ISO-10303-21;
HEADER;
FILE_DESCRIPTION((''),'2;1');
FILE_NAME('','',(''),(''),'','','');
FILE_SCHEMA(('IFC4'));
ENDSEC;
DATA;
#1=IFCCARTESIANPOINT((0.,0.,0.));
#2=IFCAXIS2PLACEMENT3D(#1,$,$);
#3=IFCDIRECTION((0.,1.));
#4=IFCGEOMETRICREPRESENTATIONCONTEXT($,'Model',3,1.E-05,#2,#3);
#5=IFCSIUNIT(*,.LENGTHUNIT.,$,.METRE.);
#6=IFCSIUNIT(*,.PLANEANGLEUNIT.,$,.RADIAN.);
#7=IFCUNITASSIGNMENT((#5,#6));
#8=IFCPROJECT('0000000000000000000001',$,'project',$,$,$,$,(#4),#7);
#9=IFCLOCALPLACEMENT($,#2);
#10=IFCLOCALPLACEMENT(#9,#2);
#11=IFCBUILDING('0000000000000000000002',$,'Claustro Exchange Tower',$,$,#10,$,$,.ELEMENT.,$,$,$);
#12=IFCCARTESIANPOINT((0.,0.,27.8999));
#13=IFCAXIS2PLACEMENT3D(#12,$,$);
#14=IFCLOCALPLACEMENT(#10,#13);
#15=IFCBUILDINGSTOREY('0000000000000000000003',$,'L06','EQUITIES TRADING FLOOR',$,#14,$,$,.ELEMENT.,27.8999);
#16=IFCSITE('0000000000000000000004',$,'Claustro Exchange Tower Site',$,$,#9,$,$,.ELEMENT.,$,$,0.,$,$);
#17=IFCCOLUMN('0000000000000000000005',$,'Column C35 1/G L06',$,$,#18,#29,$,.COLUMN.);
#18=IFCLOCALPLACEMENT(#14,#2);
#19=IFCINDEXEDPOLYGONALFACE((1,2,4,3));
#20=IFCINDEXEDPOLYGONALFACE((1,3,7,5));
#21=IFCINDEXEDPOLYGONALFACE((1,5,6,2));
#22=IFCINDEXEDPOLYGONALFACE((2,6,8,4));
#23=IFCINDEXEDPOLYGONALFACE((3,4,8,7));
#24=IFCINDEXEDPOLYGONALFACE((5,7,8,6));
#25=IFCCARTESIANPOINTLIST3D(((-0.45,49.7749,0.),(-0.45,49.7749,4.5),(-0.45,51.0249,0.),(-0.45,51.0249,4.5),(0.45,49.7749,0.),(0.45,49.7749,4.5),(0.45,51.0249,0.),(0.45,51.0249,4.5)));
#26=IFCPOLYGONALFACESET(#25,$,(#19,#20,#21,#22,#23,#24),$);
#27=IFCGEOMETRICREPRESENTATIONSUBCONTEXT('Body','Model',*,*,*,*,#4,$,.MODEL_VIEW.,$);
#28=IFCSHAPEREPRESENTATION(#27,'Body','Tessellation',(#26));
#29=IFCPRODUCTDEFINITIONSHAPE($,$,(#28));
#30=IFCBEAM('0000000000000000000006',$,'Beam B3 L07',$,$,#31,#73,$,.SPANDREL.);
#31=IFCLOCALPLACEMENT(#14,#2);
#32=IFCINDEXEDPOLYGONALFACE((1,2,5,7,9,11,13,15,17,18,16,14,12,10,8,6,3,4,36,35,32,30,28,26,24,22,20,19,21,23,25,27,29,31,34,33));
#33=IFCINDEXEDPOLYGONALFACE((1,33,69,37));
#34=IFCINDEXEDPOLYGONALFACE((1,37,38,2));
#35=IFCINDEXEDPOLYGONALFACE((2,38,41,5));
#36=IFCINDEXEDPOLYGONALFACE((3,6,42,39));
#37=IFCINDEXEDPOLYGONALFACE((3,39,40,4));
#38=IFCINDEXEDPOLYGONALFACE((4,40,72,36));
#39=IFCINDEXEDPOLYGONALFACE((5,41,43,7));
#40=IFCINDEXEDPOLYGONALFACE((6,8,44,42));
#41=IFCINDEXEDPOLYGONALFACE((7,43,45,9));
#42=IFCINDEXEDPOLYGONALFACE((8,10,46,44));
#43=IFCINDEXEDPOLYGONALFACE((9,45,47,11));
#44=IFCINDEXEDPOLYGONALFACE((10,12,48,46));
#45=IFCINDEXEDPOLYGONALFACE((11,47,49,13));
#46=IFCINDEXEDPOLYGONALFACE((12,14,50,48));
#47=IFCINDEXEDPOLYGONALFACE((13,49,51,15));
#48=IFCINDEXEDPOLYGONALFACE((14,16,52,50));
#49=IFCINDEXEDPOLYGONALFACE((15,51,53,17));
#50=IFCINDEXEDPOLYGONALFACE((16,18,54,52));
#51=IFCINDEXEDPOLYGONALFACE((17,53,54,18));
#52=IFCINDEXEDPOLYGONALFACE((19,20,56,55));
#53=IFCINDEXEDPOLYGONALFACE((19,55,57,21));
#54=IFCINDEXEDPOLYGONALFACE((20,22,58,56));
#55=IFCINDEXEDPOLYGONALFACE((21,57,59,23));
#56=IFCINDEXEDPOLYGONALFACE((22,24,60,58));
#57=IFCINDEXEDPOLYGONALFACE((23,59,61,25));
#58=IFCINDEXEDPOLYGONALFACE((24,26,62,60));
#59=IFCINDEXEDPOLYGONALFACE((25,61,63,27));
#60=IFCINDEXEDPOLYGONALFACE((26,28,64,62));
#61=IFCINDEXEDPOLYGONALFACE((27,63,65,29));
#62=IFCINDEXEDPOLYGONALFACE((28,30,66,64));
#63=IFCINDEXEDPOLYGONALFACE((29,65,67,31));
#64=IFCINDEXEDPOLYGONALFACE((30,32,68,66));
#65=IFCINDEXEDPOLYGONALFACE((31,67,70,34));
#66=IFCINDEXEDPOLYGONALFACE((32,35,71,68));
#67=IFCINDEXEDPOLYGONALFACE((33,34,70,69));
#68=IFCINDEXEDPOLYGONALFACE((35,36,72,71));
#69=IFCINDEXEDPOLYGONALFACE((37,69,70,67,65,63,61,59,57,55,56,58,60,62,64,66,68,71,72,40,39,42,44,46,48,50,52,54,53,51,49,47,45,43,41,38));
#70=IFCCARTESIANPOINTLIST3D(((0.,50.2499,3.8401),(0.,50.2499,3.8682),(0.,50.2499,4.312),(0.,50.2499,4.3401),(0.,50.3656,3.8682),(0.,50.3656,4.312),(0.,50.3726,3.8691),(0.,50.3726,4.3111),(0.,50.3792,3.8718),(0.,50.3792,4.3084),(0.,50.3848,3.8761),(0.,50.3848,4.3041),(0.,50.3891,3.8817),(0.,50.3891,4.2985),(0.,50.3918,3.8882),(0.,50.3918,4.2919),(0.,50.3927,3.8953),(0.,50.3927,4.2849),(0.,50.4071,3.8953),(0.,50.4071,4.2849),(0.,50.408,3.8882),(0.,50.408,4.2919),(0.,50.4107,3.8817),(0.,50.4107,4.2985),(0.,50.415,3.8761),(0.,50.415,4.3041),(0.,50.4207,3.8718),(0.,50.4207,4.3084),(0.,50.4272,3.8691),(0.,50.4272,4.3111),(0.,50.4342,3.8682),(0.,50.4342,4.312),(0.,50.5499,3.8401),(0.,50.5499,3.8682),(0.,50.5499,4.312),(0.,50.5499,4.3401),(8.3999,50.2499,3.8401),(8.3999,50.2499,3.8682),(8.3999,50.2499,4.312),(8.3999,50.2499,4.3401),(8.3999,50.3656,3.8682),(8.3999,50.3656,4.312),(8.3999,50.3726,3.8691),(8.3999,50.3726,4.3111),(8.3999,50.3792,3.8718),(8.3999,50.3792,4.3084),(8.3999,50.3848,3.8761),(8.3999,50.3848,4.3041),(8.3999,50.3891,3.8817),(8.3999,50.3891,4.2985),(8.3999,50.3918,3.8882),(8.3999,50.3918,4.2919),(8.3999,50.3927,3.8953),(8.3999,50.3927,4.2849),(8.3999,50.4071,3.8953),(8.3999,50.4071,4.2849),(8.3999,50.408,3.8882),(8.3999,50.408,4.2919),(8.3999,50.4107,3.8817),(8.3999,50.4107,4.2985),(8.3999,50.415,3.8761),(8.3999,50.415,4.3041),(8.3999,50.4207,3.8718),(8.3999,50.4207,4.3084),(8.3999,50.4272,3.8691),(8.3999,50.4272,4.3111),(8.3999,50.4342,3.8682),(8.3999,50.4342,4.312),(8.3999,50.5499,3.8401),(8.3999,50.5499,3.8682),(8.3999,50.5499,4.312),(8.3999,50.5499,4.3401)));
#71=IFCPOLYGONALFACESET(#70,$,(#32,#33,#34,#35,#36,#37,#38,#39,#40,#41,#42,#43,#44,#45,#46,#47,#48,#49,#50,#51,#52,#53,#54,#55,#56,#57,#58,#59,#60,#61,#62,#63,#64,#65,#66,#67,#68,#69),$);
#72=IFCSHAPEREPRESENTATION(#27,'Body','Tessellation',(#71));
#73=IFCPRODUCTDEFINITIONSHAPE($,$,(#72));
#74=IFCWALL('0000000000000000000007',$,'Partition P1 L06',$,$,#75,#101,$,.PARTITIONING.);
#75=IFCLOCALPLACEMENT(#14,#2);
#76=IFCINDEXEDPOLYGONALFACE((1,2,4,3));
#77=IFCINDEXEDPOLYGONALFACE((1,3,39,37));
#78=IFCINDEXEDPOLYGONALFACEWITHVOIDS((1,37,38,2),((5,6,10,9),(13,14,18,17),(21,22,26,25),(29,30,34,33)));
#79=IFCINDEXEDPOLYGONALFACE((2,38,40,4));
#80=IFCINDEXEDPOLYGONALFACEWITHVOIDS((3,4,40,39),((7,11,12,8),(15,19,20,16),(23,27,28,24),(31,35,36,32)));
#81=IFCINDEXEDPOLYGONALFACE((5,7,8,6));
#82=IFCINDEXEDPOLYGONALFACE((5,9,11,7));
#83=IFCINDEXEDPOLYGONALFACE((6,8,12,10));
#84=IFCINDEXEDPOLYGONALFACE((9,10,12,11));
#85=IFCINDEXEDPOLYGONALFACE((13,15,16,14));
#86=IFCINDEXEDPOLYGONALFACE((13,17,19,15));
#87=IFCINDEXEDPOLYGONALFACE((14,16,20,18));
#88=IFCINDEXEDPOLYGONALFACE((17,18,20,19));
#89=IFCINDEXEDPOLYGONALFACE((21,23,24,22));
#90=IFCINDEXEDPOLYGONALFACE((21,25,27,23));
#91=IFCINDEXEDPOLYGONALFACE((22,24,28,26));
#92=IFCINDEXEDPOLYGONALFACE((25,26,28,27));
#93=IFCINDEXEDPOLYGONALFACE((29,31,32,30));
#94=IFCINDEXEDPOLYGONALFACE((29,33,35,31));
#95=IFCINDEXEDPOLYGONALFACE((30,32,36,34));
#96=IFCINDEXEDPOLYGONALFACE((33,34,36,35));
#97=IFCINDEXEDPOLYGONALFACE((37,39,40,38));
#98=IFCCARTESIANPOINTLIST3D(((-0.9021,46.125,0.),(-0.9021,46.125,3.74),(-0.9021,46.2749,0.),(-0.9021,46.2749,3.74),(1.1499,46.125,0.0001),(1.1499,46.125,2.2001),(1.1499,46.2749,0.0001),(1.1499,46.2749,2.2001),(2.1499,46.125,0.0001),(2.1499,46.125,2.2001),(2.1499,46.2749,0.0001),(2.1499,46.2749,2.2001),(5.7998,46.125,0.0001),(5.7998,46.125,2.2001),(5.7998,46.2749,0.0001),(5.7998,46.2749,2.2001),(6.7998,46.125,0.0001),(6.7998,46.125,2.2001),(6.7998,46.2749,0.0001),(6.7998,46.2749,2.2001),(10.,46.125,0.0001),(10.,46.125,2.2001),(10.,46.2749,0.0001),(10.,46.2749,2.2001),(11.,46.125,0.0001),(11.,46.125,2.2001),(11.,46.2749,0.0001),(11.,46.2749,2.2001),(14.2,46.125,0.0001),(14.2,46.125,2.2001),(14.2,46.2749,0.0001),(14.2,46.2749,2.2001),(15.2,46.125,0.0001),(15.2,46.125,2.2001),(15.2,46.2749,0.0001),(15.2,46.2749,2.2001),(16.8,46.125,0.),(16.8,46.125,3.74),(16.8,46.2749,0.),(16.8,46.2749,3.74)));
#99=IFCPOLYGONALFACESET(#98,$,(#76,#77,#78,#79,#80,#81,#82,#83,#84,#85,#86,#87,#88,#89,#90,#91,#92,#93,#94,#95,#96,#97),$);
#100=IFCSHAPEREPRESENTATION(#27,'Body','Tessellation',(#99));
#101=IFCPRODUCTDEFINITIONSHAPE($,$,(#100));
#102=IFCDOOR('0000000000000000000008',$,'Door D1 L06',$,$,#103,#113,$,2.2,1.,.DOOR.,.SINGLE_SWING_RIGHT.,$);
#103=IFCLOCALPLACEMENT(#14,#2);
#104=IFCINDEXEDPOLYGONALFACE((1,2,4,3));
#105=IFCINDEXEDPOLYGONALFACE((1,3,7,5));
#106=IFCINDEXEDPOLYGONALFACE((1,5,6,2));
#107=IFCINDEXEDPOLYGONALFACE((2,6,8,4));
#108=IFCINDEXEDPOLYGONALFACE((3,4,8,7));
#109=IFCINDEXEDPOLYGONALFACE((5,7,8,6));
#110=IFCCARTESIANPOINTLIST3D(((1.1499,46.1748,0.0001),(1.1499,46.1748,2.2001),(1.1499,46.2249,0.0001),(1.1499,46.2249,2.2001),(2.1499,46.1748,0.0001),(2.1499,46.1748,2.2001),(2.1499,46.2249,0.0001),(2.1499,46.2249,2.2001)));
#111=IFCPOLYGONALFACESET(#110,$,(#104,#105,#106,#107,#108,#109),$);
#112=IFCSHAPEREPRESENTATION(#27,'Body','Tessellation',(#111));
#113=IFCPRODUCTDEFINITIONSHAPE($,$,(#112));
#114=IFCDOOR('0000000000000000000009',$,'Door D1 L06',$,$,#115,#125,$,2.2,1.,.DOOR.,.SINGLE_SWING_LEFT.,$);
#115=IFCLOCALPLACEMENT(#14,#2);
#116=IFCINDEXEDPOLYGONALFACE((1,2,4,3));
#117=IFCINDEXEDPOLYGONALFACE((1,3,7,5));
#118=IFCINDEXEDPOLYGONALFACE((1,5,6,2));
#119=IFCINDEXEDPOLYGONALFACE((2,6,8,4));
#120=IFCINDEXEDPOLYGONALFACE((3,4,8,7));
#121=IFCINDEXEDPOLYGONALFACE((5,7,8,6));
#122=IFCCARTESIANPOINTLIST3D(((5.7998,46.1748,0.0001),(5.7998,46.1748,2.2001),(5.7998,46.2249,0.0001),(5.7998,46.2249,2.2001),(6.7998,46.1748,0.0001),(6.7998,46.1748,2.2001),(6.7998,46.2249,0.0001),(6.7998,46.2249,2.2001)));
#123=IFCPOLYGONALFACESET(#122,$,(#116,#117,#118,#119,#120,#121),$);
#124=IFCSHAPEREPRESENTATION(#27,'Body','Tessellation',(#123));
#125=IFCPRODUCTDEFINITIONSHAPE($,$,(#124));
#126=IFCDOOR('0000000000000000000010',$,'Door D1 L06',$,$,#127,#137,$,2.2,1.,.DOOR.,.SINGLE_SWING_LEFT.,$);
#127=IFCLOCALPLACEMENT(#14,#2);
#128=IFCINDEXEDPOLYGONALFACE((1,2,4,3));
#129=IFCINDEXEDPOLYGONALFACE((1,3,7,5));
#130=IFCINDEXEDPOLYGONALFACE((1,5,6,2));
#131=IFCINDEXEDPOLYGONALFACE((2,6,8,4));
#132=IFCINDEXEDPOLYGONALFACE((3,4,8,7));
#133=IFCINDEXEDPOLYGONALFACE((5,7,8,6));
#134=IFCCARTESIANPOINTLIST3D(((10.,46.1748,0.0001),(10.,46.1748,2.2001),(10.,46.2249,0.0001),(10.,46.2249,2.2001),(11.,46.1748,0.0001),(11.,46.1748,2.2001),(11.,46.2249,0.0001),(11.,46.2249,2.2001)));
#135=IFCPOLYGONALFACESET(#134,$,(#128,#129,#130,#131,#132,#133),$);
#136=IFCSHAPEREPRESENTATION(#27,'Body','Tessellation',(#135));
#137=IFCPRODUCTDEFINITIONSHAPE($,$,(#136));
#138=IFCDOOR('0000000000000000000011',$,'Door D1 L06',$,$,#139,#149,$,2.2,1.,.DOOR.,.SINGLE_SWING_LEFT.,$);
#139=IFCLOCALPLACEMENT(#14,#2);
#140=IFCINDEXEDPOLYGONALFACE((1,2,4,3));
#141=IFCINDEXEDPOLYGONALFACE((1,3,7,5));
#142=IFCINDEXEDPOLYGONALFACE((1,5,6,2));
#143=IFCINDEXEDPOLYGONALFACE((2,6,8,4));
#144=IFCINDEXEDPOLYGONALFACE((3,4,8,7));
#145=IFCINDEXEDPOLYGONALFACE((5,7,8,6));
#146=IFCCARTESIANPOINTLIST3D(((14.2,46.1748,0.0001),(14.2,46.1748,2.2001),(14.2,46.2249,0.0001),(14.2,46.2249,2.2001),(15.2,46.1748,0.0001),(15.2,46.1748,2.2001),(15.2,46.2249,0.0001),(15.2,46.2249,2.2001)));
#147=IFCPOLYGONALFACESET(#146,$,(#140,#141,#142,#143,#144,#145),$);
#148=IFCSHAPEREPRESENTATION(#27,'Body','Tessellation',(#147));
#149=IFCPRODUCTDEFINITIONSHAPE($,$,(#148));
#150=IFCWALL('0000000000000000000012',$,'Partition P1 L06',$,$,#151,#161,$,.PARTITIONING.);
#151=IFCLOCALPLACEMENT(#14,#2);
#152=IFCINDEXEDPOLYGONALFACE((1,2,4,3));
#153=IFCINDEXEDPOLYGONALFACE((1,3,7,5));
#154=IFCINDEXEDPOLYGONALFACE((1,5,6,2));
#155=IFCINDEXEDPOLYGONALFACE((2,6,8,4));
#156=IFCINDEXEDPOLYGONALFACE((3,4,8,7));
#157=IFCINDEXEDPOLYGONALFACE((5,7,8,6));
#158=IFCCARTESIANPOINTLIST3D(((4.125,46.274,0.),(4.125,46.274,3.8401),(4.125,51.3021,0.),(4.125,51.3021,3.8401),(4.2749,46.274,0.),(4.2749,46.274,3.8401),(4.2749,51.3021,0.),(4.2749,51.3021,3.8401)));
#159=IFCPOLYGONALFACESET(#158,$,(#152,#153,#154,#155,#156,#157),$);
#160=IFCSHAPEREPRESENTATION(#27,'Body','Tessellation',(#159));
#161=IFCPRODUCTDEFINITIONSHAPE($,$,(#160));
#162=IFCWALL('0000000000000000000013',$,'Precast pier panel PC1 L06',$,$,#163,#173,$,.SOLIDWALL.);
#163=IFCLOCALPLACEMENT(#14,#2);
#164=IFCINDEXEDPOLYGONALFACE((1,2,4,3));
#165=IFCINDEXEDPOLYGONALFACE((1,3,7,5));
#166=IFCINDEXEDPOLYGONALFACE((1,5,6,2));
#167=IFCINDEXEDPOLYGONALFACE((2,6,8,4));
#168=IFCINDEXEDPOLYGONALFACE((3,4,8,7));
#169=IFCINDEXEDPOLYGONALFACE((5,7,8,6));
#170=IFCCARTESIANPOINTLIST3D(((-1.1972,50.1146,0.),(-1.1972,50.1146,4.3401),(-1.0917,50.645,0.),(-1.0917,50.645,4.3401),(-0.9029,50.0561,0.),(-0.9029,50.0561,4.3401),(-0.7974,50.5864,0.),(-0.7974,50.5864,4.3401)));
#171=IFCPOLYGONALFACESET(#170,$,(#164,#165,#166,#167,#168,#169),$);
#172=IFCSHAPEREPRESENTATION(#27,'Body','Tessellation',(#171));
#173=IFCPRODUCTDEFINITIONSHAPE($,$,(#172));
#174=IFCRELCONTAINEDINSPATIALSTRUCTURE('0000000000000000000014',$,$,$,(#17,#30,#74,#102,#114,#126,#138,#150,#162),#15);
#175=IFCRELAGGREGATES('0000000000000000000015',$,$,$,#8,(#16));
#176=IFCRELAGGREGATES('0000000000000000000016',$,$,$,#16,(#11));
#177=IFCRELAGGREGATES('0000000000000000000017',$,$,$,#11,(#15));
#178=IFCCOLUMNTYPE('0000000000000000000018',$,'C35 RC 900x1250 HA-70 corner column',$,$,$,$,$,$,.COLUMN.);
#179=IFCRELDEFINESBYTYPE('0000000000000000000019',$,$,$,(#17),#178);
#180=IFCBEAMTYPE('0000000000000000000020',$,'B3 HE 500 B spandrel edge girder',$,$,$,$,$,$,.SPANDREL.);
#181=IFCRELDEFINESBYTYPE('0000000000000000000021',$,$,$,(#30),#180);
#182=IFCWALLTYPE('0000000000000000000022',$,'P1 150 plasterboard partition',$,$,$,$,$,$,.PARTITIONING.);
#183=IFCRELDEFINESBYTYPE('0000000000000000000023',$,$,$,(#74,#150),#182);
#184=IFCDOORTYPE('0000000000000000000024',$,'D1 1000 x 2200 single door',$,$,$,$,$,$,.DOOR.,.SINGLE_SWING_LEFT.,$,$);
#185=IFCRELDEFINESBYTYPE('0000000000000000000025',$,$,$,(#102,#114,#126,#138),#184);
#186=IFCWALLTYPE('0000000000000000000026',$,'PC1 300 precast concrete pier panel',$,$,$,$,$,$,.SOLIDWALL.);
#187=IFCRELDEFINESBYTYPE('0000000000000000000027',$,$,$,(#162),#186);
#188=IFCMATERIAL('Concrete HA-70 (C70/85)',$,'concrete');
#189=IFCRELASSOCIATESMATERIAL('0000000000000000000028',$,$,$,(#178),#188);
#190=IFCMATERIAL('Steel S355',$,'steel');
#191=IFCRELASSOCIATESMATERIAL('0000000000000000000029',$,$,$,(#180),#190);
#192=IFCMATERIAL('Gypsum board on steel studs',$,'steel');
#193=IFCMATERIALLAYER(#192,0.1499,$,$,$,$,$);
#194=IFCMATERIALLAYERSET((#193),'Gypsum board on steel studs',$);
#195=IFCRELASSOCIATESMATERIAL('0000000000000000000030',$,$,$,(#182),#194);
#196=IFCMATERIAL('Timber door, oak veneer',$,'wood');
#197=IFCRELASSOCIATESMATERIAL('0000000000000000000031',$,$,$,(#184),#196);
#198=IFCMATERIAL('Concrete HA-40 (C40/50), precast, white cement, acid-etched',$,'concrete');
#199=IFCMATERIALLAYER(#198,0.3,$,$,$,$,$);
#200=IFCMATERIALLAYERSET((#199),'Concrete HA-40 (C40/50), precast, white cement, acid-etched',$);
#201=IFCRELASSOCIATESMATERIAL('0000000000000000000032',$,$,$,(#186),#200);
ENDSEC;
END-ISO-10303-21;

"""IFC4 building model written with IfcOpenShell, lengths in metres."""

from ifc_helpers import new_model, si_unit, direction, frame, frame_2d, origin, origin_2d, place, context, subcontext, project, spatial, rectangle, i_section, extrude, material, layer, layer_set, material_profile, profile_set, type_object, element, fill, save


model = new_model("IFC4")

# Units and contexts
model_context = context("Model", 3, precision=1e-05, world=origin(), true_north=direction((0.0, 1.0)))
body_context = subcontext(model_context, "Body", "Model", "MODEL_VIEW")
ifc_project = project(units=[si_unit("LENGTHUNIT", "METRE"), si_unit("PLANEANGLEUNIT", "RADIAN")], contexts=[model_context])

# Site, building, storey
site_placement = place(None, origin())
site = spatial("IfcSite", under=ifc_project, at=site_placement, Name="Claustro Exchange Tower Site", CompositionType="ELEMENT", RefElevation=0.0)
building_placement = place(site_placement, origin())
building = spatial("IfcBuilding", under=site, at=building_placement, Name="Claustro Exchange Tower", CompositionType="ELEMENT")
storey_placement = place(building_placement, frame((0.0, 0.0, 27.8999)))
storey = spatial("IfcBuildingStorey", under=building, at=storey_placement, Name="L06", Description="EQUITIES TRADING FLOOR", CompositionType="ELEMENT", Elevation=27.8999)

# Column
ifc_material_1 = material(Name="Concrete HA-70 (C70/85)", Category="concrete")
ifc_material_profile_1 = material_profile(ifc_material_1, rectangle(XDim=0.8999, YDim=1.25, at=origin_2d()), Name="RC 900x1250")
ifc_profile_set_1 = profile_set([ifc_material_profile_1], Name="Concrete HA-70 (C70/85)")
column_type = type_object("IfcColumnType", Name="C35 RC 900x1250 HA-70 corner column", PredefinedType="COLUMN", material=ifc_profile_set_1)
column_placement = place(storey_placement, frame((0.0, 50.3999, 0.0), z_axis=(0.0, 0.0, 1.0), x_axis=(1.0, 0.0, 0.0)))
element("IfcColumn", 1, at=column_placement, inside=storey, type_object=column_type, Name="Column C35 1/G L06", PredefinedType="COLUMN", context=body_context, shape_type="SweptSolid", body=[
    extrude(rectangle(XDim=0.8999, YDim=1.25, at=origin_2d()), origin(), (0.0, 0.0, 1.0), 4.5),
])

# Beam
ifc_material_2 = material(Name="Steel S355", Category="steel")
ifc_material_profile_2 = material_profile(ifc_material_2, i_section(OverallWidth=0.3, OverallDepth=0.5, WebThickness=0.0144, FlangeThickness=0.0281, FilletRadius=0.0271, at=origin_2d()), Name="HE 500 B")
ifc_profile_set_2 = profile_set([ifc_material_profile_2], Name="Steel S355")
beam_type = type_object("IfcBeamType", Name="B3 HE 500 B spandrel edge girder", PredefinedType="SPANDREL", material=ifc_profile_set_2)
beam_placement = place(storey_placement, frame((0.0, 50.3999, 4.0901), z_axis=(1.0, 0.0, 0.0), x_axis=(0.0, 1.0, 0.0)))
element("IfcBeam", 2, at=beam_placement, inside=storey, type_object=beam_type, Name="Beam B3 L07", PredefinedType="SPANDREL", context=body_context, shape_type="SweptSolid", body=[
    extrude(i_section(OverallWidth=0.3, OverallDepth=0.5, WebThickness=0.0144, FlangeThickness=0.0281, FilletRadius=0.0271, at=origin_2d()), origin(), (0.0, 0.0, 1.0), 8.3999),
])

# Wall, openings, doors
ifc_material_3 = material(Name="Gypsum board on steel studs", Category="steel")
ifc_layer_1 = layer(ifc_material_3, 0.1499)
ifc_layer_set_1 = layer_set([ifc_layer_1], Name="Gypsum board on steel studs")
wall_type_1 = type_object("IfcWallType", Name="P1 150 plasterboard partition", PredefinedType="PARTITIONING", material=ifc_layer_set_1)
wall_1_placement = place(storey_placement, frame((-0.9021, 46.2, 0.0), z_axis=(0.0, 0.0, 1.0), x_axis=(1.0, 0.0, 0.0)))
wall_1 = element("IfcWall", 3, at=wall_1_placement, inside=storey, type_object=wall_type_1, Name="Partition P1 L06", PredefinedType="PARTITIONING", context=body_context, shape_type="SweptSolid", body=[
    extrude(rectangle(XDim=17.7021, YDim=0.1499, at=frame_2d((8.8511, 0.0))), origin(), (0.0, 0.0, 1.0), 3.74),
])
opening_1_placement = place(wall_1_placement, frame((2.052, 0.0, 0.0)))
opening_1 = element("IfcOpeningElement", 4, at=opening_1_placement, cuts=wall_1, PredefinedType="OPENING", context=body_context, shape_type="SweptSolid", body=[
    extrude(rectangle(XDim=1.0, YDim=2.2, at=frame_2d((0.5, 1.1001))), frame((0.0, 0.085, 0.0), z_axis=(0.0, -1.0, 0.0), x_axis=(1.0, 0.0, 0.0)), (0.0, 0.0, 1.0), 0.1699),
])
opening_2_placement = place(wall_1_placement, frame((6.7019, 0.0, 0.0)))
opening_2 = element("IfcOpeningElement", 5, at=opening_2_placement, cuts=wall_1, PredefinedType="OPENING", context=body_context, shape_type="SweptSolid", body=[
    extrude(rectangle(XDim=1.0, YDim=2.2, at=frame_2d((0.5, 1.1001))), frame((0.0, 0.085, 0.0), z_axis=(0.0, -1.0, 0.0), x_axis=(1.0, 0.0, 0.0)), (0.0, 0.0, 1.0), 0.1699),
])
opening_3_placement = place(wall_1_placement, frame((10.9021, 0.0, 0.0)))
opening_3 = element("IfcOpeningElement", 6, at=opening_3_placement, cuts=wall_1, PredefinedType="OPENING", context=body_context, shape_type="SweptSolid", body=[
    extrude(rectangle(XDim=1.0, YDim=2.2, at=frame_2d((0.5, 1.1001))), frame((0.0, 0.085, 0.0), z_axis=(0.0, -1.0, 0.0), x_axis=(1.0, 0.0, 0.0)), (0.0, 0.0, 1.0), 0.1699),
])
opening_4_placement = place(wall_1_placement, frame((15.1021, 0.0, 0.0)))
opening_4 = element("IfcOpeningElement", 7, at=opening_4_placement, cuts=wall_1, PredefinedType="OPENING", context=body_context, shape_type="SweptSolid", body=[
    extrude(rectangle(XDim=1.0, YDim=2.2, at=frame_2d((0.5, 1.1001))), frame((0.0, 0.085, 0.0), z_axis=(0.0, -1.0, 0.0), x_axis=(1.0, 0.0, 0.0)), (0.0, 0.0, 1.0), 0.1699),
])
ifc_material_4 = material(Name="Timber door, oak veneer", Category="wood")
door_type = type_object("IfcDoorType", Name="D1 1000 x 2200 single door", OperationType="SINGLE_SWING_LEFT", PredefinedType="DOOR", material=ifc_material_4)
door_1_placement = place(opening_1_placement, origin())
door_1 = element("IfcDoor", 8, at=door_1_placement, inside=storey, type_object=door_type, Name="Door D1 L06", OperationType="SINGLE_SWING_RIGHT", OverallHeight=2.2, OverallWidth=1.0, PredefinedType="DOOR", context=body_context, shape_type="SweptSolid", body=[
    extrude(rectangle(XDim=1.0, YDim=2.2, at=frame_2d((0.5, 1.1001))), frame((0.0, 0.0249, 0.0), z_axis=(0.0, -1.0, 0.0), x_axis=(1.0, 0.0, 0.0)), (0.0, 0.0, 1.0), 0.05),
])
fill(opening_1, door_1)
door_2_placement = place(opening_2_placement, origin())
door_2 = element("IfcDoor", 9, at=door_2_placement, inside=storey, type_object=door_type, Name="Door D1 L06", OperationType="SINGLE_SWING_LEFT", OverallHeight=2.2, OverallWidth=1.0, PredefinedType="DOOR", context=body_context, shape_type="SweptSolid", body=[
    extrude(rectangle(XDim=1.0, YDim=2.2, at=frame_2d((0.5, 1.1001))), frame((0.0, 0.0249, 0.0), z_axis=(0.0, -1.0, 0.0), x_axis=(1.0, 0.0, 0.0)), (0.0, 0.0, 1.0), 0.05),
])
fill(opening_2, door_2)
door_3_placement = place(opening_3_placement, origin())
door_3 = element("IfcDoor", 10, at=door_3_placement, inside=storey, type_object=door_type, Name="Door D1 L06", OperationType="SINGLE_SWING_LEFT", OverallHeight=2.2, OverallWidth=1.0, PredefinedType="DOOR", context=body_context, shape_type="SweptSolid", body=[
    extrude(rectangle(XDim=1.0, YDim=2.2, at=frame_2d((0.5, 1.1001))), frame((0.0, 0.0249, 0.0), z_axis=(0.0, -1.0, 0.0), x_axis=(1.0, 0.0, 0.0)), (0.0, 0.0, 1.0), 0.05),
])
fill(opening_3, door_3)
door_4_placement = place(opening_4_placement, origin())
door_4 = element("IfcDoor", 11, at=door_4_placement, inside=storey, type_object=door_type, Name="Door D1 L06", OperationType="SINGLE_SWING_LEFT", OverallHeight=2.2, OverallWidth=1.0, PredefinedType="DOOR", context=body_context, shape_type="SweptSolid", body=[
    extrude(rectangle(XDim=1.0, YDim=2.2, at=frame_2d((0.5, 1.1001))), frame((0.0, 0.0249, 0.0), z_axis=(0.0, -1.0, 0.0), x_axis=(1.0, 0.0, 0.0)), (0.0, 0.0, 1.0), 0.05),
])
fill(opening_4, door_4)

# Walls
wall_2_placement = place(storey_placement, frame((4.2, 46.2739, 0.0), z_axis=(0.0, 0.0, 1.0), x_axis=(0.0, 1.0, 0.0)))
element("IfcWall", 12, at=wall_2_placement, inside=storey, type_object=wall_type_1, Name="Partition P1 L06", PredefinedType="PARTITIONING", context=body_context, shape_type="SweptSolid", body=[
    extrude(rectangle(XDim=5.0281, YDim=0.1499, at=frame_2d((2.5142, 0.0))), origin(), (0.0, 0.0, 1.0), 3.8401),
])
ifc_material_5 = material(Name="Concrete HA-40 (C40/50), precast, white cement, acid-etched", Category="concrete")
ifc_layer_2 = layer(ifc_material_5, 0.3)
ifc_layer_set_2 = layer_set([ifc_layer_2], Name="Concrete HA-40 (C40/50), precast, white cement, acid-etched")
wall_type_2 = type_object("IfcWallType", Name="PC1 300 precast concrete pier panel", PredefinedType="SOLIDWALL", material=ifc_layer_set_2)
wall_3_placement = place(storey_placement, frame((-1.05, 50.0852, 0.0), z_axis=(0.0, 0.0, 1.0), x_axis=(0.195074, 0.980789, 0.0)))
element("IfcWall", 13, at=wall_3_placement, inside=storey, type_object=wall_type_2, Name="Precast pier panel PC1 L06", PredefinedType="SOLIDWALL", context=body_context, shape_type="SweptSolid", body=[
    extrude(rectangle(XDim=0.5408, YDim=0.3, at=frame_2d((0.2705, 0.0))), origin(), (0.0, 0.0, 1.0), 4.3401),
])

save(model, "model.ifc")
